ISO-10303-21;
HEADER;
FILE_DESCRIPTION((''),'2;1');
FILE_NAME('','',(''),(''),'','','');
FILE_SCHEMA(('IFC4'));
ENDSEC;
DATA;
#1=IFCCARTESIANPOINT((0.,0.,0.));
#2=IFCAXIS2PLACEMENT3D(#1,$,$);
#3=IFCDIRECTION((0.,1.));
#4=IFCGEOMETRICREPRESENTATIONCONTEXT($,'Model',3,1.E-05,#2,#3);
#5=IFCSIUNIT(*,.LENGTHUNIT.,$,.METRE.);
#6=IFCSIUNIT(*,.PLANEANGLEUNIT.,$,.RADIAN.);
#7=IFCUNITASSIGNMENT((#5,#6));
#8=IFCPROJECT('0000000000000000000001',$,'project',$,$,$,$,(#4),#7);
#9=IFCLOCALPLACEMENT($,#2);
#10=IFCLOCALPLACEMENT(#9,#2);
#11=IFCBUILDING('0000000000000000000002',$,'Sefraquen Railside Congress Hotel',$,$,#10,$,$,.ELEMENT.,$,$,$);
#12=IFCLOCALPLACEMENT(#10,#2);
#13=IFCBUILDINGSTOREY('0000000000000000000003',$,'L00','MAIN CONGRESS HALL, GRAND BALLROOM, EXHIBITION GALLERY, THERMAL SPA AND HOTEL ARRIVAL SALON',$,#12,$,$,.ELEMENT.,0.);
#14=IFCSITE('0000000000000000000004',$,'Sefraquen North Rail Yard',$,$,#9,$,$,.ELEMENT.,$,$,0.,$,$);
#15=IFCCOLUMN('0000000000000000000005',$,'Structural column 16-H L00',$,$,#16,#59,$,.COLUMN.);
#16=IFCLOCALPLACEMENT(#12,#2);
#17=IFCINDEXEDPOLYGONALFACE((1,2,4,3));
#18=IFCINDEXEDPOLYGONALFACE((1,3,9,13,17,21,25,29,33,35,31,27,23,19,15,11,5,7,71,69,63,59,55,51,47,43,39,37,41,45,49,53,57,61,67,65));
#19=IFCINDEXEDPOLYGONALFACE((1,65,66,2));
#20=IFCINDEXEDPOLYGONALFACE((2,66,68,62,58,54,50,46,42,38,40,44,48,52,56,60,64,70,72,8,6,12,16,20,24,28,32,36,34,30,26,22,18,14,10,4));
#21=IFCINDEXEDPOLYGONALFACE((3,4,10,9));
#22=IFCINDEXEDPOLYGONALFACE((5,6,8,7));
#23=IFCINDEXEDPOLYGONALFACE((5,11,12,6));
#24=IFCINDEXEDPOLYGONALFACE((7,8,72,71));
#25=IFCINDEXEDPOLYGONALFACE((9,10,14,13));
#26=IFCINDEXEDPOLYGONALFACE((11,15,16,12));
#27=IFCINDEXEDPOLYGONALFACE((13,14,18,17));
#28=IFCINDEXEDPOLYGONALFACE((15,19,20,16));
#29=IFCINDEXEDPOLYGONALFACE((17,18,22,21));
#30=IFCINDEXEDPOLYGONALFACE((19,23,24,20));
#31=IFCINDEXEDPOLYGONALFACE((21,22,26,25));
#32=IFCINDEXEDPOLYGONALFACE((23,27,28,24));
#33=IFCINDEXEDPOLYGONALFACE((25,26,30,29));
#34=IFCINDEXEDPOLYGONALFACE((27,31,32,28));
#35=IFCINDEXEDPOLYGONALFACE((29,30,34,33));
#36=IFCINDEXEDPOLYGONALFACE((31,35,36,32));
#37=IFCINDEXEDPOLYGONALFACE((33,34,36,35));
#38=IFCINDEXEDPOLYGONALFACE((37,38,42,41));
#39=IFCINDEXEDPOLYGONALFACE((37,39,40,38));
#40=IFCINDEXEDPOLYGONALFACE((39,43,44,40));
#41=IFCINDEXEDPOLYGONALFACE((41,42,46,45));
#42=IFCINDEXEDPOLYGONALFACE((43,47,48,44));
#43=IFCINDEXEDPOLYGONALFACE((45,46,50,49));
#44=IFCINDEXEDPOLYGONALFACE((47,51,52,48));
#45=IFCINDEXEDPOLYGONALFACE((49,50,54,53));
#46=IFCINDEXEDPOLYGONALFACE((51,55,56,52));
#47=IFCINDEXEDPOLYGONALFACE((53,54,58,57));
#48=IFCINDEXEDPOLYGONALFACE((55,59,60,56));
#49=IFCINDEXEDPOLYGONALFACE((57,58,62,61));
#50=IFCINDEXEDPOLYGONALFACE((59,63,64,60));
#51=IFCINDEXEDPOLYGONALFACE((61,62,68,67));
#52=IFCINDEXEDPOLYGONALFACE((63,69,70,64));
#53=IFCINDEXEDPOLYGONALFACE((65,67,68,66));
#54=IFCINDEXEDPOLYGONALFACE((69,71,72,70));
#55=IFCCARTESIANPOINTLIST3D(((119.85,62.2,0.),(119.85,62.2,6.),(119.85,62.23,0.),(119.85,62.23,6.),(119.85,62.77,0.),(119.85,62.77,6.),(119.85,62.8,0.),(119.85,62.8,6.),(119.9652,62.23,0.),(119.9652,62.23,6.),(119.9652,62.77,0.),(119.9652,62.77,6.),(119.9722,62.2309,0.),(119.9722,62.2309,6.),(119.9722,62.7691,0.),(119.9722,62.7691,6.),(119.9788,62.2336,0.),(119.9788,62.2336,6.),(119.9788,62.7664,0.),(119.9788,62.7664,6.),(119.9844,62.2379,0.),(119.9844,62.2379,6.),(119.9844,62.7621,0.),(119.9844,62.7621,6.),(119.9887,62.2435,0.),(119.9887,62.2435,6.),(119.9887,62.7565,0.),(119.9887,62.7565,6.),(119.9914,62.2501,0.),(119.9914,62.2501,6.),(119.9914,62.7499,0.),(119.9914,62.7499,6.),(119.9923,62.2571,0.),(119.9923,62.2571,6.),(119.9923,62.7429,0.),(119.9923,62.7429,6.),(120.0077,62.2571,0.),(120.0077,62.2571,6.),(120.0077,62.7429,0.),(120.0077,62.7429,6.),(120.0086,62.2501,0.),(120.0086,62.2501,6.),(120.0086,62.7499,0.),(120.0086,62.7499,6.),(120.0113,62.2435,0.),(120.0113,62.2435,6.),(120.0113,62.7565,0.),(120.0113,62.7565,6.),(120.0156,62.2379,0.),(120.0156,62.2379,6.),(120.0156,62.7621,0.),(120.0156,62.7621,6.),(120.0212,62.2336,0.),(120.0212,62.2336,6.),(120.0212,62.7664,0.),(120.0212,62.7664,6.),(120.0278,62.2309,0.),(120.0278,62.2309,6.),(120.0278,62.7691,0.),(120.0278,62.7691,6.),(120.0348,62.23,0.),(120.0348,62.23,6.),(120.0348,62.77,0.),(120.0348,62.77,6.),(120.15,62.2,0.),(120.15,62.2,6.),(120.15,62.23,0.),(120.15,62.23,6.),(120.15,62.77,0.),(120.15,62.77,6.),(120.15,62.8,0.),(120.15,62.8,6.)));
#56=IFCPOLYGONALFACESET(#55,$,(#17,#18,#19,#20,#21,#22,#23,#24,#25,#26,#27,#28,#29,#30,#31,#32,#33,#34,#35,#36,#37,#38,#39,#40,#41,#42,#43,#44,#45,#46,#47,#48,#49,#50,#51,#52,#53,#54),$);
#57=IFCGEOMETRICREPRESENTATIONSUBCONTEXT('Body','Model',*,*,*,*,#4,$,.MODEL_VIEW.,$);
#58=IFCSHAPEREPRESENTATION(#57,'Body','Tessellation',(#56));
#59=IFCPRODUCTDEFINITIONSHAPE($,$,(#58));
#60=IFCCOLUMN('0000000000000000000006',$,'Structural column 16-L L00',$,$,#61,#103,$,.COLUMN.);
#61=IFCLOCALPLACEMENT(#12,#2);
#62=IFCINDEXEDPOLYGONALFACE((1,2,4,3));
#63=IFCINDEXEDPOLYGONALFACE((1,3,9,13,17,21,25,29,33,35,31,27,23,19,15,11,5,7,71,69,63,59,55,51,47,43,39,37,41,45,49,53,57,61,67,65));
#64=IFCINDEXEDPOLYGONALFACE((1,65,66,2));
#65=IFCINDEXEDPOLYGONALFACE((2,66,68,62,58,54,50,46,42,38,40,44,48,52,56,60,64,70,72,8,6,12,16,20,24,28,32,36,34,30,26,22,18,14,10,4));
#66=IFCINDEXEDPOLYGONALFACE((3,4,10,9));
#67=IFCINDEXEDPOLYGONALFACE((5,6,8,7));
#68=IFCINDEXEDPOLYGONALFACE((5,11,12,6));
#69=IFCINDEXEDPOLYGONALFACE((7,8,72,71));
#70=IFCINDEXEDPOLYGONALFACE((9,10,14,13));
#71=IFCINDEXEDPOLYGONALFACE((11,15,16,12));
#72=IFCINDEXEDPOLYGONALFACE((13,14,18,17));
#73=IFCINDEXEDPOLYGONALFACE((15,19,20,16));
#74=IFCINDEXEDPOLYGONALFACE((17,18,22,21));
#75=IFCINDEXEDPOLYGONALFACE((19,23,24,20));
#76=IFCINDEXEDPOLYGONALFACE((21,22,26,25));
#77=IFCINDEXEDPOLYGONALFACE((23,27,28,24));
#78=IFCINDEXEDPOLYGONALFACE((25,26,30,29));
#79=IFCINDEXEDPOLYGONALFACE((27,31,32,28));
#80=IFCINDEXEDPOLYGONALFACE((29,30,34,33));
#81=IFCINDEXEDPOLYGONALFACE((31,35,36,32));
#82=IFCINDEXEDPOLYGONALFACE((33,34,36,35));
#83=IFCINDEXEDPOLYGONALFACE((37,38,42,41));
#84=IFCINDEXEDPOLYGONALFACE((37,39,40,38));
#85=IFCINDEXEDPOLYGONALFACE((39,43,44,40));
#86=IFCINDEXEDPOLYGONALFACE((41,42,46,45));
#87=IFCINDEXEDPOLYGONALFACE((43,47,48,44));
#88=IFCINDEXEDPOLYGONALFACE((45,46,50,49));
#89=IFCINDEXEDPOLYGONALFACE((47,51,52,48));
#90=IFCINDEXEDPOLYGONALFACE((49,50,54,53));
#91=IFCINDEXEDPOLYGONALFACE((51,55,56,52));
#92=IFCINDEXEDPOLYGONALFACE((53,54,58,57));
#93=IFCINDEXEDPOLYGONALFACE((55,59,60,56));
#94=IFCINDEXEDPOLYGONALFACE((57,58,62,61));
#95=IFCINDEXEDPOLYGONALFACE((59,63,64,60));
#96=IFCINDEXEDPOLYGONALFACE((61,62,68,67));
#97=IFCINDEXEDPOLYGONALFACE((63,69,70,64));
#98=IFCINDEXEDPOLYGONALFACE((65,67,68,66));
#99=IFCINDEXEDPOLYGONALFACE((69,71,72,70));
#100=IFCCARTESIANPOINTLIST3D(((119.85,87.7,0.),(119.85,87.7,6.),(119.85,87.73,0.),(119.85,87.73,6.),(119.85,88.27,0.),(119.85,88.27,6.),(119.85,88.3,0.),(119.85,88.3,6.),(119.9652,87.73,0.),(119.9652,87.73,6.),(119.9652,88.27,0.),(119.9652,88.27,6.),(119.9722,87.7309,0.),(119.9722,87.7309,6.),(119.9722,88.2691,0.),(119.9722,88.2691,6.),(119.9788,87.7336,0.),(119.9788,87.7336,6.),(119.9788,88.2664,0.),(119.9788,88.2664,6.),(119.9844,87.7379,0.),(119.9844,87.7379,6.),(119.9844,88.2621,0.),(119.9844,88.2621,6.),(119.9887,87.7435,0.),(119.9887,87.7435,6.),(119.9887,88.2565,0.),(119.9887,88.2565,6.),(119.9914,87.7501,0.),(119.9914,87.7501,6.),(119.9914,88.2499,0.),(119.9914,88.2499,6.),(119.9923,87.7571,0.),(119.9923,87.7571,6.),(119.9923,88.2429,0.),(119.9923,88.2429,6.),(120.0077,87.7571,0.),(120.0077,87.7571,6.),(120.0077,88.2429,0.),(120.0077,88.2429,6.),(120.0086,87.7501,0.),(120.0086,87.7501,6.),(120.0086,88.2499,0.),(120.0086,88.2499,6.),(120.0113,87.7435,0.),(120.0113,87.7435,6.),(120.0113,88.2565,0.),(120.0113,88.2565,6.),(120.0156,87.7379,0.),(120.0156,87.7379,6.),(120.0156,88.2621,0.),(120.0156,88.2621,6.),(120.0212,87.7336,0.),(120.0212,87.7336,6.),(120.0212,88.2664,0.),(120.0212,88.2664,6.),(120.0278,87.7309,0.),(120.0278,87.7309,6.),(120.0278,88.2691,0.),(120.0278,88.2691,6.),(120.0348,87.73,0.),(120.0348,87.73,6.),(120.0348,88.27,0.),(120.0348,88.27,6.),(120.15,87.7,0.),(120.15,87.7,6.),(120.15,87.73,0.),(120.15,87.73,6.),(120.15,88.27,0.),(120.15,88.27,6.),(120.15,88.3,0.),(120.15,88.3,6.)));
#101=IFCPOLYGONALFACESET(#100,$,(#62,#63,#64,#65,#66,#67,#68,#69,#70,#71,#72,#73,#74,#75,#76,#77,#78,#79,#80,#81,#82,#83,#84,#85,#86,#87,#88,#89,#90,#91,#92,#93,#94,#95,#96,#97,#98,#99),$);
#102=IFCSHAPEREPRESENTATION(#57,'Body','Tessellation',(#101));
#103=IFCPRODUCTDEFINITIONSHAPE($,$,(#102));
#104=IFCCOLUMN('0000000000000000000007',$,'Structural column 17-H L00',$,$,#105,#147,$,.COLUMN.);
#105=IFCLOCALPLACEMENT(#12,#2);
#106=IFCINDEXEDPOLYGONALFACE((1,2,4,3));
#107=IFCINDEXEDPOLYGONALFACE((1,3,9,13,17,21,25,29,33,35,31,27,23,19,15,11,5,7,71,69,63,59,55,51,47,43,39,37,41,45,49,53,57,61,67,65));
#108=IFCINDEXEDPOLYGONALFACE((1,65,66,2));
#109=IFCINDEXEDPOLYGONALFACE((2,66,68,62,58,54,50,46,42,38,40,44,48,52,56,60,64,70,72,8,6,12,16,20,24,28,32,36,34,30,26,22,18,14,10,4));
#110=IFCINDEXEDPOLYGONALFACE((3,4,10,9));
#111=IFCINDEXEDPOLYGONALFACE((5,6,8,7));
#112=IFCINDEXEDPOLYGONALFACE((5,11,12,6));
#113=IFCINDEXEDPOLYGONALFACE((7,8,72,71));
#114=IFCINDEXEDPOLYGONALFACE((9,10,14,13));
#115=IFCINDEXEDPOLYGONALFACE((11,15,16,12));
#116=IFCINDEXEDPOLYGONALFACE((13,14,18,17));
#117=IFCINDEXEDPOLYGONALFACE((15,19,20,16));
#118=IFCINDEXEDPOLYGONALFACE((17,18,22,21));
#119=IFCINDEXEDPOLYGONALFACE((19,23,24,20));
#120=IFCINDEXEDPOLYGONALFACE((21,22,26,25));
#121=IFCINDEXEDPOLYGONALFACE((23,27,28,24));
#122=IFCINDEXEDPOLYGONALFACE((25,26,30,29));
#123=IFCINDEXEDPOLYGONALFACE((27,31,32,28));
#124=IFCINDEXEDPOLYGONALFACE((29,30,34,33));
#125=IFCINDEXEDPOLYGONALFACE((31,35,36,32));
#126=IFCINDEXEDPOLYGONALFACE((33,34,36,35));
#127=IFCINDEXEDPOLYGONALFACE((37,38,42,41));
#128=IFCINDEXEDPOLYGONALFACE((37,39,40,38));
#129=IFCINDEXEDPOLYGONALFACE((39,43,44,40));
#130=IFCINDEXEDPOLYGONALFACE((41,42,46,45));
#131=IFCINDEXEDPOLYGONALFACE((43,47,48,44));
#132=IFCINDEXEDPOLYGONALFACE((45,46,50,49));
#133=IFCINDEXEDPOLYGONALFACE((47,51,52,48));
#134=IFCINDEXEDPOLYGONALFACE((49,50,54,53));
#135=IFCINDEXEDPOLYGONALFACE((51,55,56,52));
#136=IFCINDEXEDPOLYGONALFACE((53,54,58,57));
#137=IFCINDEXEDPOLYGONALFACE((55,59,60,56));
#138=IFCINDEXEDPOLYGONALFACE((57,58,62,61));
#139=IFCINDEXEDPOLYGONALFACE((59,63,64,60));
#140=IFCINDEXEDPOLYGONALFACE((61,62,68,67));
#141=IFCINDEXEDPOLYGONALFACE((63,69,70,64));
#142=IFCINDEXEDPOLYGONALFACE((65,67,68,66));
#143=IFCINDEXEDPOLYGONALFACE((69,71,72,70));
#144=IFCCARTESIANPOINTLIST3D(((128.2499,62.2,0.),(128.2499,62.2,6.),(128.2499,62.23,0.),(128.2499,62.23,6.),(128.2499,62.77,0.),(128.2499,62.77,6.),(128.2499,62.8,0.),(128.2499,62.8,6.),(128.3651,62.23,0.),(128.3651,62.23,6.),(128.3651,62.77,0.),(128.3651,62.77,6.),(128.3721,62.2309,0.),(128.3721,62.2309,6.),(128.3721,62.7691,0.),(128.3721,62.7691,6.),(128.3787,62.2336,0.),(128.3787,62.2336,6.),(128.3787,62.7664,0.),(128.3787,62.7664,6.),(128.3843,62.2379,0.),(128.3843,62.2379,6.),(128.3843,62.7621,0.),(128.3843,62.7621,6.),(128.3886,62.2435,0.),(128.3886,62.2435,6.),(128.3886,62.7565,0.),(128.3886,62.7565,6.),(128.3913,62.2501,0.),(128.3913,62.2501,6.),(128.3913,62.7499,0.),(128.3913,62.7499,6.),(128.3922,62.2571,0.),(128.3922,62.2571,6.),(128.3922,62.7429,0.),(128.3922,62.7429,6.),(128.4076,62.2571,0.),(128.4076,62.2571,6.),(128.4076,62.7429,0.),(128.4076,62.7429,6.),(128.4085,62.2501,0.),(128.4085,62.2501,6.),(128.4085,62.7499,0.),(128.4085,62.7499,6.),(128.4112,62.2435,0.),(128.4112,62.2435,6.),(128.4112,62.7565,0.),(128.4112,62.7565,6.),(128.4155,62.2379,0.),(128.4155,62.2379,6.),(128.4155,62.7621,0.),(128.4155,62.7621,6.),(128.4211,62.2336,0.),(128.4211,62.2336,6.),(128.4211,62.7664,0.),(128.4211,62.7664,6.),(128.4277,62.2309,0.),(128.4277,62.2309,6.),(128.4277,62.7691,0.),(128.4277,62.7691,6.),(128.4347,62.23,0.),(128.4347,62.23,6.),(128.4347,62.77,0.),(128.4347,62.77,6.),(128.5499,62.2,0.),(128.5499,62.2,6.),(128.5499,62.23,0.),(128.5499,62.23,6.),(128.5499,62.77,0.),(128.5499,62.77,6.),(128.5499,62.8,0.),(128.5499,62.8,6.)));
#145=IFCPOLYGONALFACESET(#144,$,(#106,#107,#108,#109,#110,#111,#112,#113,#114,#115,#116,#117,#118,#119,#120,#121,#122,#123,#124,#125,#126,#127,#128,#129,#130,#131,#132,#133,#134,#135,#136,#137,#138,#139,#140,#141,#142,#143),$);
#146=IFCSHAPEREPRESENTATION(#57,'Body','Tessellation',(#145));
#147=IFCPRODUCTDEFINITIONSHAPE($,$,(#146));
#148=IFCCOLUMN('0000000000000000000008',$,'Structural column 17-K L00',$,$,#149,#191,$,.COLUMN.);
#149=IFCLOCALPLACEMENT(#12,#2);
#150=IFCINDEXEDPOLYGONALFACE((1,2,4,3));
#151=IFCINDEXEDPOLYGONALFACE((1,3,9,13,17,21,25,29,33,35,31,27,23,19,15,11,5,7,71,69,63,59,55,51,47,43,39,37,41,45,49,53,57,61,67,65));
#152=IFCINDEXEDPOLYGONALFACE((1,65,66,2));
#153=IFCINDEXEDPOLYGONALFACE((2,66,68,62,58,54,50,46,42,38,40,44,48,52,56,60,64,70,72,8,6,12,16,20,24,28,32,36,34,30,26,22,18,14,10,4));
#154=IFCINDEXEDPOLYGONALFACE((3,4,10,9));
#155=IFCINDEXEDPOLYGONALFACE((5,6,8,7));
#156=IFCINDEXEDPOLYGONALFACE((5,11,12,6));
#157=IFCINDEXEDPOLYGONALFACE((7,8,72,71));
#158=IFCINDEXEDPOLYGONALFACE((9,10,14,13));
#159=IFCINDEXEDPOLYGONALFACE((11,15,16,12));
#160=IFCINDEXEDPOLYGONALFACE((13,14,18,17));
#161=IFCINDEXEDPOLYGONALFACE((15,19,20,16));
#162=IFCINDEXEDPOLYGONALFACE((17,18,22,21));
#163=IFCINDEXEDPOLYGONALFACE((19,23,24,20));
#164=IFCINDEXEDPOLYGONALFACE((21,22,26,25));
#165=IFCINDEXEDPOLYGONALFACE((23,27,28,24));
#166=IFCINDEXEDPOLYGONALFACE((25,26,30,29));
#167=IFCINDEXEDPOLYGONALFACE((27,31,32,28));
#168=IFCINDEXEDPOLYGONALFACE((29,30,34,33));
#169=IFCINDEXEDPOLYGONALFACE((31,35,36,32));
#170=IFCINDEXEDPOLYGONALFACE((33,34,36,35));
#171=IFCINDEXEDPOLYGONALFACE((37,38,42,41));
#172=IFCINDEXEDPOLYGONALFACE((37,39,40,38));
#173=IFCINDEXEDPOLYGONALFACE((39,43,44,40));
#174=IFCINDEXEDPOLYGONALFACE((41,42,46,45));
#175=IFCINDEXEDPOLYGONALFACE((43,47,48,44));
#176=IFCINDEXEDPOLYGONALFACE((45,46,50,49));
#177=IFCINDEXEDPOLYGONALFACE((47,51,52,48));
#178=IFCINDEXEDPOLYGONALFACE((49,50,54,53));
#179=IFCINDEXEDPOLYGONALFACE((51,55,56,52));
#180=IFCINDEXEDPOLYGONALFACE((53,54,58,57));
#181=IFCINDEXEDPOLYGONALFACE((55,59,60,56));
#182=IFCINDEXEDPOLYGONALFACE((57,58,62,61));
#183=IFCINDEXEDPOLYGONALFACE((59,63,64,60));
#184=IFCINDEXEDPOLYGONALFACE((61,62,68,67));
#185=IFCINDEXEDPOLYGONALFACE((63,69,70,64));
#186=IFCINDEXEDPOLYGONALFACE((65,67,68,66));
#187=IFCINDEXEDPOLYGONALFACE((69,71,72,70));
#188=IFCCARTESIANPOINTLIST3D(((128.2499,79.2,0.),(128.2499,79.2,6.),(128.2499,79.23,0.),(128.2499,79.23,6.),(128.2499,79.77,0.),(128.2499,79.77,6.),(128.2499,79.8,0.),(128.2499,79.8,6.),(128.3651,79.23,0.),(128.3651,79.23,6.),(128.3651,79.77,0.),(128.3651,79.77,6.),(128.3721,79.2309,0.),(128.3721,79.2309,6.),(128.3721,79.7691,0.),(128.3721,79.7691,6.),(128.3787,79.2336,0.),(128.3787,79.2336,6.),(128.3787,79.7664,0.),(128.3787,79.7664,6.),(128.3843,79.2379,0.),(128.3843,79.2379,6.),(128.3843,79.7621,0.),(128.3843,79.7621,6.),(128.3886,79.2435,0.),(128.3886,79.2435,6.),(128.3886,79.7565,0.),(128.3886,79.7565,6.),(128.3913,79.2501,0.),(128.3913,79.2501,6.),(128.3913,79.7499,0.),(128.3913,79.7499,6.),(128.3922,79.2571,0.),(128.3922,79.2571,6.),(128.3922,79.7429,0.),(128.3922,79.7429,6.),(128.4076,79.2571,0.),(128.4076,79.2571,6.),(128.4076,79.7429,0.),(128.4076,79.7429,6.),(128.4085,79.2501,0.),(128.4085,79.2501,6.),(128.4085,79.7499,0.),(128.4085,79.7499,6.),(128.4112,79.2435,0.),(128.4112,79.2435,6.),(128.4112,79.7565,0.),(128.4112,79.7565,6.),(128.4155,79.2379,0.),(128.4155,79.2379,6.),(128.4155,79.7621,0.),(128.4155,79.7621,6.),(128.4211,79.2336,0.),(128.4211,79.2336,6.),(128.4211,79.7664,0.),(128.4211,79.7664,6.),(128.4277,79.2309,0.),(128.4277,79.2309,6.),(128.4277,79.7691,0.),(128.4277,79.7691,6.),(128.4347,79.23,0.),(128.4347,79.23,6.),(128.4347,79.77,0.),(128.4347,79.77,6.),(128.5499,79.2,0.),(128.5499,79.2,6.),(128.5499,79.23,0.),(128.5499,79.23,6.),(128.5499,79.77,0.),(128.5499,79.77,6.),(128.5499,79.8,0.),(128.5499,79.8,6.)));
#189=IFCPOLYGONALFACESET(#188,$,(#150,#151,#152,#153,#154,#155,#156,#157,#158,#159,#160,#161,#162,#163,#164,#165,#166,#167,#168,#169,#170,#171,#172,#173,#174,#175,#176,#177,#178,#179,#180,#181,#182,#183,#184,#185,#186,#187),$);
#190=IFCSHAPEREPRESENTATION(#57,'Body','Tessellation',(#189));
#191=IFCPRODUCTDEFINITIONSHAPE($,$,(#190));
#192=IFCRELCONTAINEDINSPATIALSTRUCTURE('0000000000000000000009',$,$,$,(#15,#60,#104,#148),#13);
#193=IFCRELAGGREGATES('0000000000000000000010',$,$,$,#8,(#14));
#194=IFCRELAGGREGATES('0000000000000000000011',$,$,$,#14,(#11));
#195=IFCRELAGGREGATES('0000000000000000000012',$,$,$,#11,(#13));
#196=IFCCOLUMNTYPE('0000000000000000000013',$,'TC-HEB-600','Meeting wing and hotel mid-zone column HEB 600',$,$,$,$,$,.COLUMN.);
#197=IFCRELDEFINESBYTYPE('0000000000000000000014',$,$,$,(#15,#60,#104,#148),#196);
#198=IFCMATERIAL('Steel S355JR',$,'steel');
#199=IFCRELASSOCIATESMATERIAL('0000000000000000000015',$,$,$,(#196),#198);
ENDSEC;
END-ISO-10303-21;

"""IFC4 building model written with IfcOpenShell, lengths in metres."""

from ifc_helpers import new_model, si_unit, direction, frame, origin, origin_2d, place, context, subcontext, project, spatial, i_section, extrude, material, material_profile, profile_set, type_object, element, save


model = new_model("IFC4")

# Units and contexts
model_context = context("Model", 3, precision=1e-05, world=origin(), true_north=direction((0.0, 1.0)))
body_context = subcontext(model_context, "Body", "Model", "MODEL_VIEW")
ifc_project = project(units=[si_unit("LENGTHUNIT", "METRE"), si_unit("PLANEANGLEUNIT", "RADIAN")], contexts=[model_context])

# Site, building, storey
site_placement = place(None, origin())
site = spatial("IfcSite", under=ifc_project, at=site_placement, Name="Sefraquen North Rail Yard", CompositionType="ELEMENT", RefElevation=0.0)
building_placement = place(site_placement, origin())
building = spatial("IfcBuilding", under=site, at=building_placement, Name="Sefraquen Railside Congress Hotel", CompositionType="ELEMENT")
storey_placement = place(building_placement, origin())
storey = spatial("IfcBuildingStorey", under=building, at=storey_placement, Name="L00", Description="MAIN CONGRESS HALL, GRAND BALLROOM, EXHIBITION GALLERY, THERMAL SPA AND HOTEL ARRIVAL SALON", CompositionType="ELEMENT", Elevation=0.0)

# Columns
ifc_material_1 = material(Name="Steel S355JR", Category="steel")
ifc_material_profile_1 = material_profile(ifc_material_1, i_section(OverallWidth=0.3, OverallDepth=0.6001, WebThickness=0.0154, FlangeThickness=0.03, FilletRadius=0.0271, at=origin_2d()), Name="HEB 600")
ifc_profile_set_1 = profile_set([ifc_material_profile_1], Name="Steel S355JR")
column_type_1 = type_object("IfcColumnType", Name="TC-HEB-600", Description="Meeting wing and hotel mid-zone column HEB 600", PredefinedType="COLUMN", material=ifc_profile_set_1)
for number, where, z_axis, x_axis, name in (
    (1, (120.0, 62.5, 0.0), (0.0, 0.0, 1.0), (1.0, 0.0, 0.0), "Structural column 16-H L00"),
    (2, (120.0, 88.0, 0.0), (0.0, 0.0, 1.0), (1.0, 0.0, 0.0), "Structural column 16-L L00"),
    (3, (128.3999, 62.5, 0.0), (0.0, 0.0, 1.0), (1.0, 0.0, 0.0), "Structural column 17-H L00"),
    (4, (128.3999, 79.5, 0.0), (0.0, 0.0, 1.0), (1.0, 0.0, 0.0), "Structural column 17-K L00"),
):
    element("IfcColumn", number, at=place(storey_placement, frame(where, z_axis=z_axis, x_axis=x_axis)), inside=storey, type_object=column_type_1, Name=name, PredefinedType="COLUMN", context=body_context, shape_type="SweptSolid", body=[
        extrude(i_section(OverallWidth=0.3, OverallDepth=0.6001, WebThickness=0.0154, FlangeThickness=0.03, FilletRadius=0.0271, at=origin_2d()), origin(), (0.0, 0.0, 1.0), 6.0),
    ])

save(model, "model.ifc")
